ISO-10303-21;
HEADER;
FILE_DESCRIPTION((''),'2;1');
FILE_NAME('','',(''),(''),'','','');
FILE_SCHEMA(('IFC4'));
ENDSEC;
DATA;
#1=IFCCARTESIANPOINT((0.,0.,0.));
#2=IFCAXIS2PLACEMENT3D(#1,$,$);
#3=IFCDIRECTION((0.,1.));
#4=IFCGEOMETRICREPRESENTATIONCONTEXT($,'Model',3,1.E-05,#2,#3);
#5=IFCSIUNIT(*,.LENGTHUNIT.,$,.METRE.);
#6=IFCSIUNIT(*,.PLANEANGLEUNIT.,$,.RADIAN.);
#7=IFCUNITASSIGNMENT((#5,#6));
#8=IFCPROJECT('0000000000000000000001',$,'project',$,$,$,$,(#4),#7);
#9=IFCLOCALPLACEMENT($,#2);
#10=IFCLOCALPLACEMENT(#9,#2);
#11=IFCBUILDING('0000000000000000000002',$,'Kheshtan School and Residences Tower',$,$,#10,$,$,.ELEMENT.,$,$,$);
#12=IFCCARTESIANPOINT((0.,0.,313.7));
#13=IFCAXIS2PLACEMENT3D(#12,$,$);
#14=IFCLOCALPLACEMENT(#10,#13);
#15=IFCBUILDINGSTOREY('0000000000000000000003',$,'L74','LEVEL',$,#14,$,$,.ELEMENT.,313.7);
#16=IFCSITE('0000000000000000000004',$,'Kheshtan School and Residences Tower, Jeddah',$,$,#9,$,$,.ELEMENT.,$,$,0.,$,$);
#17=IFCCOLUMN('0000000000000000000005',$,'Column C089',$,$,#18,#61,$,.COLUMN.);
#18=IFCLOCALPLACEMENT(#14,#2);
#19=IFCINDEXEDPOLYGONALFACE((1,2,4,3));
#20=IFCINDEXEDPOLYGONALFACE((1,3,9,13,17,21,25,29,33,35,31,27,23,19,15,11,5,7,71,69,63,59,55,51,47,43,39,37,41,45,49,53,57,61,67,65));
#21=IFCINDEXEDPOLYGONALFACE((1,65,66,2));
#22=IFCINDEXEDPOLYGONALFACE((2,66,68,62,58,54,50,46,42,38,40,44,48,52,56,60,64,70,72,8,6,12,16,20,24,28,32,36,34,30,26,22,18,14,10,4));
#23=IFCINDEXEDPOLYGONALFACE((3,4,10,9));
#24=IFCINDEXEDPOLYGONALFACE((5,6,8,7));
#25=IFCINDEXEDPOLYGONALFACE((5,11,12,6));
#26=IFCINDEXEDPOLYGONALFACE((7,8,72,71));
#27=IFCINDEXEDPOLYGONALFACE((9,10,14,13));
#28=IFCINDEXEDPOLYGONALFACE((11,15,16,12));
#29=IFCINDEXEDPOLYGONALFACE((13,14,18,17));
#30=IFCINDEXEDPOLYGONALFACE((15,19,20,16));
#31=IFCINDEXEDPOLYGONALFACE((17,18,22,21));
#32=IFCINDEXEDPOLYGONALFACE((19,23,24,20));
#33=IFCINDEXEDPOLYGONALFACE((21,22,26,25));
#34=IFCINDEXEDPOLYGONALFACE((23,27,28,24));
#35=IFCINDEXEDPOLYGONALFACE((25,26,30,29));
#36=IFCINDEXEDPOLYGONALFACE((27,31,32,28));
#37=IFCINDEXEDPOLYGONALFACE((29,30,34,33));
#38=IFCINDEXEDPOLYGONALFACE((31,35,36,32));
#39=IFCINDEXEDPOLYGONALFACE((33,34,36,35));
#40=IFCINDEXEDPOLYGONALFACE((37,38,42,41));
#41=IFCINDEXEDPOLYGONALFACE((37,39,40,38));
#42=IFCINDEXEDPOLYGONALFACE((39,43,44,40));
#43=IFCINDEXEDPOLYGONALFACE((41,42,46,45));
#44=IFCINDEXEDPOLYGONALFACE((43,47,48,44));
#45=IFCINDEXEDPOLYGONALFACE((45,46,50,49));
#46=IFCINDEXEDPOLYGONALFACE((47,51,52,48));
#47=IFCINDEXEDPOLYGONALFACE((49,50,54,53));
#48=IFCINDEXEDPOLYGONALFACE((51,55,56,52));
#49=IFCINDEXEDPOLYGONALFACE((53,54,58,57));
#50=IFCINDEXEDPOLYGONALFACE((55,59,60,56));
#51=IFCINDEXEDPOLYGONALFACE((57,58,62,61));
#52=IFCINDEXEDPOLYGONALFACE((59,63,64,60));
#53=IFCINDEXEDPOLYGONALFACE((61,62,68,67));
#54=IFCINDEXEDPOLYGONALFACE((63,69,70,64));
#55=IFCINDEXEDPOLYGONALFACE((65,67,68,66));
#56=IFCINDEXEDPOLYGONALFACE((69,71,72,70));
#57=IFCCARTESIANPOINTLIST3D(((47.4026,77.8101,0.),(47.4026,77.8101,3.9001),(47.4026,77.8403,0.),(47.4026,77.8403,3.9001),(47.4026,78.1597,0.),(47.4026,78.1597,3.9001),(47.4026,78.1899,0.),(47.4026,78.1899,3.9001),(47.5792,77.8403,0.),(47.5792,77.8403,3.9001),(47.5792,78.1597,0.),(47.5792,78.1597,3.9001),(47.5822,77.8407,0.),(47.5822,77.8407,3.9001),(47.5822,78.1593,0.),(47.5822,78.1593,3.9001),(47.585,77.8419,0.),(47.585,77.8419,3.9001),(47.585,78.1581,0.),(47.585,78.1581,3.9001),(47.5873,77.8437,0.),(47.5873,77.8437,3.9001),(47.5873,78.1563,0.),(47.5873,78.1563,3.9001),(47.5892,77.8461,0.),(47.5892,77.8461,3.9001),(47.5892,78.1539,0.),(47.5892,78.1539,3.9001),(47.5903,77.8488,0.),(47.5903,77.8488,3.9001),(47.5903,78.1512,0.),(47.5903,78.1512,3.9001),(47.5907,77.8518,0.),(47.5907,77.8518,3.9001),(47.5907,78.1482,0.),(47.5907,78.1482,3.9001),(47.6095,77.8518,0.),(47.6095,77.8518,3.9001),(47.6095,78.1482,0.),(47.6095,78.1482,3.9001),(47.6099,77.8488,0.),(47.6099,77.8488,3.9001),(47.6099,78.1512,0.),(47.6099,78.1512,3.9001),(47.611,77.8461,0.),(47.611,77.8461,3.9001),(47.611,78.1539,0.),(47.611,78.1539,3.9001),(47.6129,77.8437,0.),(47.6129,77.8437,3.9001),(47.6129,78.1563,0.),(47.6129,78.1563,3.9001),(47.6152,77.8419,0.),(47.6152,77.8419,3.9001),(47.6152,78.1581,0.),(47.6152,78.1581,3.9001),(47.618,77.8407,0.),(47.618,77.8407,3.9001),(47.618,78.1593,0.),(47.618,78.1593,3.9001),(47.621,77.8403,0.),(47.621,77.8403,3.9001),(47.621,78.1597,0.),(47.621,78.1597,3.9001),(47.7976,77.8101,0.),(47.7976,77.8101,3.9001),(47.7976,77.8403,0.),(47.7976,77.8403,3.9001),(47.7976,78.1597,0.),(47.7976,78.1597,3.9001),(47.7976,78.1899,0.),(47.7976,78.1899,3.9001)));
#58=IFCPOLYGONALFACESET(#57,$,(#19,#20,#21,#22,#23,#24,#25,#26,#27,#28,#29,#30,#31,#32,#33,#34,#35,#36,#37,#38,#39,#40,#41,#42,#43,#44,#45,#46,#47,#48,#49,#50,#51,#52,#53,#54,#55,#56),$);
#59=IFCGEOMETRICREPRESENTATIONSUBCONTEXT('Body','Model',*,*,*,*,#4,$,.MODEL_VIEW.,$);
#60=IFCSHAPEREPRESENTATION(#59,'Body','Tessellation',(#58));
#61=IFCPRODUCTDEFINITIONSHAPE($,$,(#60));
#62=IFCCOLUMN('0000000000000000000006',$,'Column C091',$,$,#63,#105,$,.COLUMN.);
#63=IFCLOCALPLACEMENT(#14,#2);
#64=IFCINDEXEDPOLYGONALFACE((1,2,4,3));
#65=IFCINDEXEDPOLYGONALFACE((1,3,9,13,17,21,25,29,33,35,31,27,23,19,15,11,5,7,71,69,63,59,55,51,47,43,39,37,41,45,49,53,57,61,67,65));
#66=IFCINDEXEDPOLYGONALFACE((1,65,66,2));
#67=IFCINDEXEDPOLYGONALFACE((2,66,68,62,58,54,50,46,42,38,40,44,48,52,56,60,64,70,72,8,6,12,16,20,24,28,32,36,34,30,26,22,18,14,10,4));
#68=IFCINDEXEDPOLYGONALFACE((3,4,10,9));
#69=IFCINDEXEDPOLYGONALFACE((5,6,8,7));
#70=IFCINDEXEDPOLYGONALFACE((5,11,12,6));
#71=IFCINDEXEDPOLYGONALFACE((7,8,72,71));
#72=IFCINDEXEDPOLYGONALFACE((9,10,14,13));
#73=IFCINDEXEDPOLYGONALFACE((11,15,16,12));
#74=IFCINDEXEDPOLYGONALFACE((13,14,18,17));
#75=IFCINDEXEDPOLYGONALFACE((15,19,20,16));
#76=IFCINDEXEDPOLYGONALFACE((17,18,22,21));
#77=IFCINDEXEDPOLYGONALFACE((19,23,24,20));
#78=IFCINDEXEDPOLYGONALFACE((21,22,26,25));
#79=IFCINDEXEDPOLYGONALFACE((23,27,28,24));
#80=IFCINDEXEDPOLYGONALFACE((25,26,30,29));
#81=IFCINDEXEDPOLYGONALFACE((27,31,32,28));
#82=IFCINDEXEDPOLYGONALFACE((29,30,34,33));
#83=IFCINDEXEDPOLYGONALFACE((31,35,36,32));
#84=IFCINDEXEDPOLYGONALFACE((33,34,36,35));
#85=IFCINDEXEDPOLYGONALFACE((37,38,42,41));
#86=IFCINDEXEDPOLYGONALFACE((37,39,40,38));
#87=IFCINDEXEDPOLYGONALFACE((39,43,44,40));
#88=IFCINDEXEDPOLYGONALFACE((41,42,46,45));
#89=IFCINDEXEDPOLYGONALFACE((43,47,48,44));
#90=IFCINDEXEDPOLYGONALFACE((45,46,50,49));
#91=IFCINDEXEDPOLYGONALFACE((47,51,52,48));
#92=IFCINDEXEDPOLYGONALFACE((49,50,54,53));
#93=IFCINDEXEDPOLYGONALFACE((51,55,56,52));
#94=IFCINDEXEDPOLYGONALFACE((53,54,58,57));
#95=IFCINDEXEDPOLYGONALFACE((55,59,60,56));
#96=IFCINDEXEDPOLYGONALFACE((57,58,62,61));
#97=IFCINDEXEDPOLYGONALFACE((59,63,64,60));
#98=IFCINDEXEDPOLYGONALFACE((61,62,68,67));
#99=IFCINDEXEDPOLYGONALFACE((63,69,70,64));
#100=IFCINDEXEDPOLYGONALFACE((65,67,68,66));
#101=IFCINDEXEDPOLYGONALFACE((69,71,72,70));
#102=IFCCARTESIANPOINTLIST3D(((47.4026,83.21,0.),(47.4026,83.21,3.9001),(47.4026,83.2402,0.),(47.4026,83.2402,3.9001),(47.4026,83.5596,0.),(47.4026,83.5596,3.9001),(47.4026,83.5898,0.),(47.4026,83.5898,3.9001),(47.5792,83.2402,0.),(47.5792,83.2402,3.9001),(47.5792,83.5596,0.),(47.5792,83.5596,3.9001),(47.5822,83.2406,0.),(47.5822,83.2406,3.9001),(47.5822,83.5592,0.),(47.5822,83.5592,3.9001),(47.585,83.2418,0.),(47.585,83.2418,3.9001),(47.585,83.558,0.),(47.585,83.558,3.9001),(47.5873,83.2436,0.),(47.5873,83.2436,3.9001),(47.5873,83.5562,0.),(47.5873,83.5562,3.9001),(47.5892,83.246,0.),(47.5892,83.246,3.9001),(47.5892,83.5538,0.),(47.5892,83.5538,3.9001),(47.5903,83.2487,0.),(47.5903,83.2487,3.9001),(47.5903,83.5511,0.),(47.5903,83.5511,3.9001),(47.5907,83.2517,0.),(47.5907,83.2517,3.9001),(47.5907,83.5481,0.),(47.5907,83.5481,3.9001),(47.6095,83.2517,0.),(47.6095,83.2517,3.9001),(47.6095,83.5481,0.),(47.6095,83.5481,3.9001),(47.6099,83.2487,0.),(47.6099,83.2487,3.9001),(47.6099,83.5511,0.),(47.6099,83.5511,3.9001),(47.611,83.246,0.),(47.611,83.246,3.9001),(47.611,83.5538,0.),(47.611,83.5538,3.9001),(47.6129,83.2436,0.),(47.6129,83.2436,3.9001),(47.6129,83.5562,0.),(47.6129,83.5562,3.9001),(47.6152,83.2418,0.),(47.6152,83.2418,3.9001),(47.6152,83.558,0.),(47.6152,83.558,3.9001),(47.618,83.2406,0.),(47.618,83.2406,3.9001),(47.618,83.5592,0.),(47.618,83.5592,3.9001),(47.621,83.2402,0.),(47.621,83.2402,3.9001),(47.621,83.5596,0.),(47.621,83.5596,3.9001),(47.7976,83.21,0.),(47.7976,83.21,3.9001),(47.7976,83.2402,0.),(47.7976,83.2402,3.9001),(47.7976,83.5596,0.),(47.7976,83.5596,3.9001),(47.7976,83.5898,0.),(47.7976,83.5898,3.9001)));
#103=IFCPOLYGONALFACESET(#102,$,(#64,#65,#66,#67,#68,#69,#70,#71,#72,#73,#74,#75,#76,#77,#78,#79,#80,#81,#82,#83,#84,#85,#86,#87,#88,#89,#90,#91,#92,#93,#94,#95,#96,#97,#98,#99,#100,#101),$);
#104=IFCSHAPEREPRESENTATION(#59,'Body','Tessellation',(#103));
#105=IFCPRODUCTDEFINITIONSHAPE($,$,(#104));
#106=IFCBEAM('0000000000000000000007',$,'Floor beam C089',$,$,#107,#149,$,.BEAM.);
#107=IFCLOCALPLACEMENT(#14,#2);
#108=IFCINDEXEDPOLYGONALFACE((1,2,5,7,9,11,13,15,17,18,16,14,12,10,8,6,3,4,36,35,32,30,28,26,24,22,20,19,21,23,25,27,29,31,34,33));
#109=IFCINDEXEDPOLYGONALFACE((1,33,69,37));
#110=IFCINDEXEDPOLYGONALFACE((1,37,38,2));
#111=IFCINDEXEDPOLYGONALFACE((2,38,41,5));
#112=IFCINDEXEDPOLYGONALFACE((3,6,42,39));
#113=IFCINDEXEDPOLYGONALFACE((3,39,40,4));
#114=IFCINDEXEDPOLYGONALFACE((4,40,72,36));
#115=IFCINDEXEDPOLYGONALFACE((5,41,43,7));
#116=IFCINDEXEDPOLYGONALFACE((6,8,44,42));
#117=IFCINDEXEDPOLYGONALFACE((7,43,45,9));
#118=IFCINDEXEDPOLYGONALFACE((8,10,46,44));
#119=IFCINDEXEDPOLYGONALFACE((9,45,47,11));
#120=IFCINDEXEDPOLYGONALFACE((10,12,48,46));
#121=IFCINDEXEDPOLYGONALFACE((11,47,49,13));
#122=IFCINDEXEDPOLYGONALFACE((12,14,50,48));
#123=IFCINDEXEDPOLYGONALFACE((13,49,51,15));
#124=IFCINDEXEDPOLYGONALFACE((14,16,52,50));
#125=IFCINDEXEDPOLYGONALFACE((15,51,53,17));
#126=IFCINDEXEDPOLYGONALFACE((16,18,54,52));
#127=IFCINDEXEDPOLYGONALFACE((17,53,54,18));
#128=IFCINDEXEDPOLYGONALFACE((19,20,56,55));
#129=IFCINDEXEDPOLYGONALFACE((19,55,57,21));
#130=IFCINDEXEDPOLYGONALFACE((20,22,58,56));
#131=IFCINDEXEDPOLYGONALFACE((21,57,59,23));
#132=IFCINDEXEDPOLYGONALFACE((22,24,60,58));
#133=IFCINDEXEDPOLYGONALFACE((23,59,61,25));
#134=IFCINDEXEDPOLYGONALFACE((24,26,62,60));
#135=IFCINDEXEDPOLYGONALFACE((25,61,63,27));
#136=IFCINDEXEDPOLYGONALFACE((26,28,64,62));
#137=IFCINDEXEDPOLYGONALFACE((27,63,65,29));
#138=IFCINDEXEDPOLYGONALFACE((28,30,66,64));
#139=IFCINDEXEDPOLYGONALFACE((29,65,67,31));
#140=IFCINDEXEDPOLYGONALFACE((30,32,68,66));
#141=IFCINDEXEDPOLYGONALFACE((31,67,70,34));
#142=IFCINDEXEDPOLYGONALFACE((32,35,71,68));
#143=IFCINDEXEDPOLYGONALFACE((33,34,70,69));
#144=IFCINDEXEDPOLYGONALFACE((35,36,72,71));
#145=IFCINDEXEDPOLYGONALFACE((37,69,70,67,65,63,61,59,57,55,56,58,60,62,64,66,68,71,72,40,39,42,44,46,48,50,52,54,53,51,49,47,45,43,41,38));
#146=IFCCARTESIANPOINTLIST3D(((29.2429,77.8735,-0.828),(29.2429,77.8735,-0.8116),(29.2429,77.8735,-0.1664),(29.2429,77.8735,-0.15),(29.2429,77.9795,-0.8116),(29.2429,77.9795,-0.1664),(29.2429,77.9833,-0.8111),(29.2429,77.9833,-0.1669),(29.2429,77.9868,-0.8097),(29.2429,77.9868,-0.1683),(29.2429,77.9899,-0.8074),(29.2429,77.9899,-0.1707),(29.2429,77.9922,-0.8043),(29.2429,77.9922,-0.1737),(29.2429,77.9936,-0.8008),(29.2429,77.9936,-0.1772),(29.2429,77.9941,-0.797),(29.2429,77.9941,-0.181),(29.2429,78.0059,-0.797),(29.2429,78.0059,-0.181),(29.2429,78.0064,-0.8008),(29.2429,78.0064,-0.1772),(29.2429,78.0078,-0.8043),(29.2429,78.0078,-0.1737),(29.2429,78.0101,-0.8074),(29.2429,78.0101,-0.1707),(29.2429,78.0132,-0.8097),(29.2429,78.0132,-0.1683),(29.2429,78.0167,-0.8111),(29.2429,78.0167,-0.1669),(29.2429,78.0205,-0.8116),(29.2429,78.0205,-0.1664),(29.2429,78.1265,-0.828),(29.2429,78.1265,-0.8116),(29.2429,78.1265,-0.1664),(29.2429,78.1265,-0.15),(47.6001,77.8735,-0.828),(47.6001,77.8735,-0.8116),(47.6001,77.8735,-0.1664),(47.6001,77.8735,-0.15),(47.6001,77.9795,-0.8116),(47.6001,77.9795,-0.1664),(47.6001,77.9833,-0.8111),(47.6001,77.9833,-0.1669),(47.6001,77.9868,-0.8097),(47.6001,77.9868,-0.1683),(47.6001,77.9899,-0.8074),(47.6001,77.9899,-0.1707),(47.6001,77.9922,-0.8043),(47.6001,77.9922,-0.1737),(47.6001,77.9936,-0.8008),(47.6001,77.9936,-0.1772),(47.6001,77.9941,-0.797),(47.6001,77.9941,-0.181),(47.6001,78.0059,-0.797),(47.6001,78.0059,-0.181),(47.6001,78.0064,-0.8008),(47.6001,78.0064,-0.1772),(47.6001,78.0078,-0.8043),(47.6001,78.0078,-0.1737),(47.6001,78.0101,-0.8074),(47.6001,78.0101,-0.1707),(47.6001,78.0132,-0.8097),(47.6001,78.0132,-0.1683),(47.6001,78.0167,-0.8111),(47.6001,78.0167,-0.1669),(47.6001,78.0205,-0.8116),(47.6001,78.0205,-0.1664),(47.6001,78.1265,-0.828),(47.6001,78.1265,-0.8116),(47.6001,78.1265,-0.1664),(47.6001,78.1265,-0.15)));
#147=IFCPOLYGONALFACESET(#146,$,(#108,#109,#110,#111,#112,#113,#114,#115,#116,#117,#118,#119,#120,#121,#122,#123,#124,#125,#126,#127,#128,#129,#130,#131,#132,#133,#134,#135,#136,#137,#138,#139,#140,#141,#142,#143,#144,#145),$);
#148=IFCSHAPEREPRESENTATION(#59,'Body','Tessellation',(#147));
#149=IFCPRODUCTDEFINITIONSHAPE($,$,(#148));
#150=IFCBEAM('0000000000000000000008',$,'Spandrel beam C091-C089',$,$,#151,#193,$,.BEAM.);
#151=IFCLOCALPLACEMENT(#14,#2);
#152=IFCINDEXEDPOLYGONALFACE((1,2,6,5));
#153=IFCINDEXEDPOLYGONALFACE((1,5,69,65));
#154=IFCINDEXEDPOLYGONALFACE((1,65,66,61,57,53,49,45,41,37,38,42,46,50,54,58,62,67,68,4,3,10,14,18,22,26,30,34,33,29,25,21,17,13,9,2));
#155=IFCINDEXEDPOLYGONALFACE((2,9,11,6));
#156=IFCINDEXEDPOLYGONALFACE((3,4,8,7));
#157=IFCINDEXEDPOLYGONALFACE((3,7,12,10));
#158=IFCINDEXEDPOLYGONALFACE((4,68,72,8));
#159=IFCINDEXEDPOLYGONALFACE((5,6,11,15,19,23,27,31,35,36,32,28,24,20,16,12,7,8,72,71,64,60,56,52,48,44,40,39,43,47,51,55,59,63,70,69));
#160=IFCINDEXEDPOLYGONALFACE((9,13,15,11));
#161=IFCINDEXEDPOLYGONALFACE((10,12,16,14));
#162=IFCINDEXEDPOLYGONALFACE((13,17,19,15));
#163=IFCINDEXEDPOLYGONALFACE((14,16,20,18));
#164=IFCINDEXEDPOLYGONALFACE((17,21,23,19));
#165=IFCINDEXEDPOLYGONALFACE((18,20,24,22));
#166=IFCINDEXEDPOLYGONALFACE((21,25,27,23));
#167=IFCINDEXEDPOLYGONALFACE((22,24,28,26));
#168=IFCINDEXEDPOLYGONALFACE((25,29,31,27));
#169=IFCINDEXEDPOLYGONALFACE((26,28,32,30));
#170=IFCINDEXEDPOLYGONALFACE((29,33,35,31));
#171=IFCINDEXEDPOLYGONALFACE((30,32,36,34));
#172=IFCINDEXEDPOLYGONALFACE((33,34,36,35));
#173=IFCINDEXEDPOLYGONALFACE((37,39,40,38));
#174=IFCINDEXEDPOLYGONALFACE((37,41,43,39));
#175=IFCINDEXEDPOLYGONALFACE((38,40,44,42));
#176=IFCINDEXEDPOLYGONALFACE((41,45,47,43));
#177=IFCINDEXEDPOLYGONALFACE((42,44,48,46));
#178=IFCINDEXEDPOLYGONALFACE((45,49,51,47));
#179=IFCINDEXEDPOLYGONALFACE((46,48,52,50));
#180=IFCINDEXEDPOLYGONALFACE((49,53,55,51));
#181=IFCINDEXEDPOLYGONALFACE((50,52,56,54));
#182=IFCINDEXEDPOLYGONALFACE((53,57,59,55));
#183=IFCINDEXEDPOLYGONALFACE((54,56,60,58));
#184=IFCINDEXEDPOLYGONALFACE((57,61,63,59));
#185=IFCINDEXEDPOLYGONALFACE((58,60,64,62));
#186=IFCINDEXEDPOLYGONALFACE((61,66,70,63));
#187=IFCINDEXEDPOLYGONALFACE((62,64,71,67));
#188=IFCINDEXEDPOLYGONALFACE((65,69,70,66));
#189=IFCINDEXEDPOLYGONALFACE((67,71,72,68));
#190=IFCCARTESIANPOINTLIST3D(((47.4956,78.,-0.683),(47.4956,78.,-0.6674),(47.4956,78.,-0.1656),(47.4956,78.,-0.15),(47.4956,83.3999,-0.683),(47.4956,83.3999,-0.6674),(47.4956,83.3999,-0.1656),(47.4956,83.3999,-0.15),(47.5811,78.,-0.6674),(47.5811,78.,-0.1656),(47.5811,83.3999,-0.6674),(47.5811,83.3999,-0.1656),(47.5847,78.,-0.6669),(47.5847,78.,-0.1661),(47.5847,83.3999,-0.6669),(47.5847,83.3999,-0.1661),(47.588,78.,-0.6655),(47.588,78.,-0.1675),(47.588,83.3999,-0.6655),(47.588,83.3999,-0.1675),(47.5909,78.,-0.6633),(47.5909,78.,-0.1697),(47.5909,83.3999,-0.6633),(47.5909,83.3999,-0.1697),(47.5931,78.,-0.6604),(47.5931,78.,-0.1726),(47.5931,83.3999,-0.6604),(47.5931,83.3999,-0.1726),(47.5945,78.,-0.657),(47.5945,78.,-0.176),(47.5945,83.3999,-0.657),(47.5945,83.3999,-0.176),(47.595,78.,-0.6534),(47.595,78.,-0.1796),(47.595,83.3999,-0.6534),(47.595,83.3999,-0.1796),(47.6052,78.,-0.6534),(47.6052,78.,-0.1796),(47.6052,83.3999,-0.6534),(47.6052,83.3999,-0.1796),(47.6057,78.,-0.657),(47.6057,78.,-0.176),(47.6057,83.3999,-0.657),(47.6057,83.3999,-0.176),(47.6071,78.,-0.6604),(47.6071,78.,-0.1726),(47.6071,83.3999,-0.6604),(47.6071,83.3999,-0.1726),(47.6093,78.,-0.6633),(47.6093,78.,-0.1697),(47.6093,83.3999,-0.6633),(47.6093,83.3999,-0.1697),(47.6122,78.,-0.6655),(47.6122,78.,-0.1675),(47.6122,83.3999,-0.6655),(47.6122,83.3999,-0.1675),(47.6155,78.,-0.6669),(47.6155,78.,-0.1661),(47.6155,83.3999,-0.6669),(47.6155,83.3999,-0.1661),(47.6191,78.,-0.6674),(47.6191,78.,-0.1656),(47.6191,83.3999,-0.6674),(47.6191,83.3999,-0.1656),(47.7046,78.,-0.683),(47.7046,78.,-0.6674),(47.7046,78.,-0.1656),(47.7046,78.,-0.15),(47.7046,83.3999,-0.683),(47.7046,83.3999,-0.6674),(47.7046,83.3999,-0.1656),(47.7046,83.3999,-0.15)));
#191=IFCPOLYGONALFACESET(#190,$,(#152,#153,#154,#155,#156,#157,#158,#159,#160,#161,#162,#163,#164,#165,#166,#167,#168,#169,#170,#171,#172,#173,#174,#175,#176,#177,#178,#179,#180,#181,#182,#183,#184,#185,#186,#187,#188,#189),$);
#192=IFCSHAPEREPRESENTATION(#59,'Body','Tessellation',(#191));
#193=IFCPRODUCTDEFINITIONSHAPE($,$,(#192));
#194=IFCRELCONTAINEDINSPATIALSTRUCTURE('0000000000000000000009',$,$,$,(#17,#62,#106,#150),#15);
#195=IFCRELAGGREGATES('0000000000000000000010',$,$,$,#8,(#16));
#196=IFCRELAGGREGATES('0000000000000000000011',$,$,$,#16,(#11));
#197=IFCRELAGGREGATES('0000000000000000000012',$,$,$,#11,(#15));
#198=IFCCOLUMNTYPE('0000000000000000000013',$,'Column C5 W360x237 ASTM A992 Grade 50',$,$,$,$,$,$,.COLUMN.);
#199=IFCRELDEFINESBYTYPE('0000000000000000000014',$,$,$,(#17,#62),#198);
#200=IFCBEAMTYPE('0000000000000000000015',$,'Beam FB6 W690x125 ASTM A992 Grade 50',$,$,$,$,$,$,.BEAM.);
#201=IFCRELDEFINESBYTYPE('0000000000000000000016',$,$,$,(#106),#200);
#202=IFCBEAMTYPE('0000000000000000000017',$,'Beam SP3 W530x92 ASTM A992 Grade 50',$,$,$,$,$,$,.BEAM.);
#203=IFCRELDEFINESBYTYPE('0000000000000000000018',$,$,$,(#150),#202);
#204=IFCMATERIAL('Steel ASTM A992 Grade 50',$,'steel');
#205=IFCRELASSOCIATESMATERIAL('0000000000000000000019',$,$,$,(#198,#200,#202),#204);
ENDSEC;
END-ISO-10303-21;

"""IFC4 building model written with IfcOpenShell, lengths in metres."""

from ifc_helpers import new_model, si_unit, direction, frame, origin, origin_2d, place, context, subcontext, project, spatial, i_section, extrude, material, material_profile, profile_set, type_object, element, save


model = new_model("IFC4")

# Units and contexts
model_context = context("Model", 3, precision=1e-05, world=origin(), true_north=direction((0.0, 1.0)))
body_context = subcontext(model_context, "Body", "Model", "MODEL_VIEW")
ifc_project = project(units=[si_unit("LENGTHUNIT", "METRE"), si_unit("PLANEANGLEUNIT", "RADIAN")], contexts=[model_context])

# Site, building, storey
site_placement = place(None, origin())
site = spatial("IfcSite", under=ifc_project, at=site_placement, Name="Kheshtan School and Residences Tower, Jeddah", CompositionType="ELEMENT", RefElevation=0.0)
building_placement = place(site_placement, origin())
building = spatial("IfcBuilding", under=site, at=building_placement, Name="Kheshtan School and Residences Tower", CompositionType="ELEMENT")
storey_placement = place(building_placement, frame((0.0, 0.0, 313.7)))
storey = spatial("IfcBuildingStorey", under=building, at=storey_placement, Name="L74", Description="LEVEL", CompositionType="ELEMENT", Elevation=313.7)

# Columns
ifc_material_1 = material(Name="Steel ASTM A992 Grade 50", Category="steel")
ifc_material_profile_1 = material_profile(ifc_material_1, i_section(OverallWidth=0.395, OverallDepth=0.3799, WebThickness=0.0188, FlangeThickness=0.0303, FilletRadius=0.0115, at=origin_2d()), Name="W360x237")
ifc_profile_set_1 = profile_set([ifc_material_profile_1], Name="Steel ASTM A992 Grade 50")
column_type = type_object("IfcColumnType", Name="Column C5 W360x237 ASTM A992 Grade 50", PredefinedType="COLUMN", material=ifc_profile_set_1)
for number, where, z_axis, x_axis, name in (
    (1, (47.6001, 78.0, 0.0), (0.0, 0.0, 1.0), (1.0, 0.0, 0.0), "Column C089"),
    (2, (47.6001, 83.3999, 0.0), (0.0, 0.0, 1.0), (1.0, 0.0, 0.0), "Column C091"),
):
    element("IfcColumn", number, at=place(storey_placement, frame(where, z_axis=z_axis, x_axis=x_axis)), inside=storey, type_object=column_type, Name=name, PredefinedType="COLUMN", context=body_context, shape_type="SweptSolid", body=[
        extrude(i_section(OverallWidth=0.395, OverallDepth=0.3799, WebThickness=0.0188, FlangeThickness=0.0303, FilletRadius=0.0115, at=origin_2d()), origin(), (0.0, 0.0, 1.0), 3.9001),
    ])

# Beams
ifc_material_profile_2 = material_profile(ifc_material_1, i_section(OverallWidth=0.2529, OverallDepth=0.678, WebThickness=0.0117, FlangeThickness=0.0164, FilletRadius=0.0146, at=origin_2d()), Name="W690x125")
ifc_profile_set_2 = profile_set([ifc_material_profile_2], Name="Steel ASTM A992 Grade 50")
beam_type_1 = type_object("IfcBeamType", Name="Beam FB6 W690x125 ASTM A992 Grade 50", PredefinedType="BEAM", material=ifc_profile_set_2)
beam_placement = place(storey_placement, frame((47.6001, 78.0, -0.489), z_axis=(-1.0, 0.0, 0.0), x_axis=(0.0, -1.0, 0.0)))
element("IfcBeam", 3, at=beam_placement, inside=storey, type_object=beam_type_1, Name="Floor beam C089", PredefinedType="BEAM", context=body_context, shape_type="SweptSolid", body=[
    extrude(i_section(OverallWidth=0.2529, OverallDepth=0.678, WebThickness=0.0117, FlangeThickness=0.0164, FilletRadius=0.0146, at=origin_2d()), origin(), (0.0, 0.0, 1.0), 18.3572),
])
ifc_material_profile_3 = material_profile(ifc_material_1, i_section(OverallWidth=0.209, OverallDepth=0.533, WebThickness=0.0103, FlangeThickness=0.0156, FilletRadius=0.0139, at=origin_2d()), Name="W530x92")
ifc_profile_set_3 = profile_set([ifc_material_profile_3], Name="Steel ASTM A992 Grade 50")
beam_type_2 = type_object("IfcBeamType", Name="Beam SP3 W530x92 ASTM A992 Grade 50", PredefinedType="BEAM", material=ifc_profile_set_3)
for number, where, z_axis, x_axis, name in (
    (4, (47.6001, 83.3999, -0.4165), (0.0, -1.0, 0.0), (1.0, 0.0, 0.0), "Spandrel beam C091-C089"),
):
    element("IfcBeam", number, at=place(storey_placement, frame(where, z_axis=z_axis, x_axis=x_axis)), inside=storey, type_object=beam_type_2, Name=name, PredefinedType="BEAM", context=body_context, shape_type="SweptSolid", body=[
        extrude(i_section(OverallWidth=0.209, OverallDepth=0.533, WebThickness=0.0103, FlangeThickness=0.0156, FilletRadius=0.0139, at=origin_2d()), origin(), (0.0, 0.0, 1.0), 5.3999),
    ])

save(model, "model.ifc")
